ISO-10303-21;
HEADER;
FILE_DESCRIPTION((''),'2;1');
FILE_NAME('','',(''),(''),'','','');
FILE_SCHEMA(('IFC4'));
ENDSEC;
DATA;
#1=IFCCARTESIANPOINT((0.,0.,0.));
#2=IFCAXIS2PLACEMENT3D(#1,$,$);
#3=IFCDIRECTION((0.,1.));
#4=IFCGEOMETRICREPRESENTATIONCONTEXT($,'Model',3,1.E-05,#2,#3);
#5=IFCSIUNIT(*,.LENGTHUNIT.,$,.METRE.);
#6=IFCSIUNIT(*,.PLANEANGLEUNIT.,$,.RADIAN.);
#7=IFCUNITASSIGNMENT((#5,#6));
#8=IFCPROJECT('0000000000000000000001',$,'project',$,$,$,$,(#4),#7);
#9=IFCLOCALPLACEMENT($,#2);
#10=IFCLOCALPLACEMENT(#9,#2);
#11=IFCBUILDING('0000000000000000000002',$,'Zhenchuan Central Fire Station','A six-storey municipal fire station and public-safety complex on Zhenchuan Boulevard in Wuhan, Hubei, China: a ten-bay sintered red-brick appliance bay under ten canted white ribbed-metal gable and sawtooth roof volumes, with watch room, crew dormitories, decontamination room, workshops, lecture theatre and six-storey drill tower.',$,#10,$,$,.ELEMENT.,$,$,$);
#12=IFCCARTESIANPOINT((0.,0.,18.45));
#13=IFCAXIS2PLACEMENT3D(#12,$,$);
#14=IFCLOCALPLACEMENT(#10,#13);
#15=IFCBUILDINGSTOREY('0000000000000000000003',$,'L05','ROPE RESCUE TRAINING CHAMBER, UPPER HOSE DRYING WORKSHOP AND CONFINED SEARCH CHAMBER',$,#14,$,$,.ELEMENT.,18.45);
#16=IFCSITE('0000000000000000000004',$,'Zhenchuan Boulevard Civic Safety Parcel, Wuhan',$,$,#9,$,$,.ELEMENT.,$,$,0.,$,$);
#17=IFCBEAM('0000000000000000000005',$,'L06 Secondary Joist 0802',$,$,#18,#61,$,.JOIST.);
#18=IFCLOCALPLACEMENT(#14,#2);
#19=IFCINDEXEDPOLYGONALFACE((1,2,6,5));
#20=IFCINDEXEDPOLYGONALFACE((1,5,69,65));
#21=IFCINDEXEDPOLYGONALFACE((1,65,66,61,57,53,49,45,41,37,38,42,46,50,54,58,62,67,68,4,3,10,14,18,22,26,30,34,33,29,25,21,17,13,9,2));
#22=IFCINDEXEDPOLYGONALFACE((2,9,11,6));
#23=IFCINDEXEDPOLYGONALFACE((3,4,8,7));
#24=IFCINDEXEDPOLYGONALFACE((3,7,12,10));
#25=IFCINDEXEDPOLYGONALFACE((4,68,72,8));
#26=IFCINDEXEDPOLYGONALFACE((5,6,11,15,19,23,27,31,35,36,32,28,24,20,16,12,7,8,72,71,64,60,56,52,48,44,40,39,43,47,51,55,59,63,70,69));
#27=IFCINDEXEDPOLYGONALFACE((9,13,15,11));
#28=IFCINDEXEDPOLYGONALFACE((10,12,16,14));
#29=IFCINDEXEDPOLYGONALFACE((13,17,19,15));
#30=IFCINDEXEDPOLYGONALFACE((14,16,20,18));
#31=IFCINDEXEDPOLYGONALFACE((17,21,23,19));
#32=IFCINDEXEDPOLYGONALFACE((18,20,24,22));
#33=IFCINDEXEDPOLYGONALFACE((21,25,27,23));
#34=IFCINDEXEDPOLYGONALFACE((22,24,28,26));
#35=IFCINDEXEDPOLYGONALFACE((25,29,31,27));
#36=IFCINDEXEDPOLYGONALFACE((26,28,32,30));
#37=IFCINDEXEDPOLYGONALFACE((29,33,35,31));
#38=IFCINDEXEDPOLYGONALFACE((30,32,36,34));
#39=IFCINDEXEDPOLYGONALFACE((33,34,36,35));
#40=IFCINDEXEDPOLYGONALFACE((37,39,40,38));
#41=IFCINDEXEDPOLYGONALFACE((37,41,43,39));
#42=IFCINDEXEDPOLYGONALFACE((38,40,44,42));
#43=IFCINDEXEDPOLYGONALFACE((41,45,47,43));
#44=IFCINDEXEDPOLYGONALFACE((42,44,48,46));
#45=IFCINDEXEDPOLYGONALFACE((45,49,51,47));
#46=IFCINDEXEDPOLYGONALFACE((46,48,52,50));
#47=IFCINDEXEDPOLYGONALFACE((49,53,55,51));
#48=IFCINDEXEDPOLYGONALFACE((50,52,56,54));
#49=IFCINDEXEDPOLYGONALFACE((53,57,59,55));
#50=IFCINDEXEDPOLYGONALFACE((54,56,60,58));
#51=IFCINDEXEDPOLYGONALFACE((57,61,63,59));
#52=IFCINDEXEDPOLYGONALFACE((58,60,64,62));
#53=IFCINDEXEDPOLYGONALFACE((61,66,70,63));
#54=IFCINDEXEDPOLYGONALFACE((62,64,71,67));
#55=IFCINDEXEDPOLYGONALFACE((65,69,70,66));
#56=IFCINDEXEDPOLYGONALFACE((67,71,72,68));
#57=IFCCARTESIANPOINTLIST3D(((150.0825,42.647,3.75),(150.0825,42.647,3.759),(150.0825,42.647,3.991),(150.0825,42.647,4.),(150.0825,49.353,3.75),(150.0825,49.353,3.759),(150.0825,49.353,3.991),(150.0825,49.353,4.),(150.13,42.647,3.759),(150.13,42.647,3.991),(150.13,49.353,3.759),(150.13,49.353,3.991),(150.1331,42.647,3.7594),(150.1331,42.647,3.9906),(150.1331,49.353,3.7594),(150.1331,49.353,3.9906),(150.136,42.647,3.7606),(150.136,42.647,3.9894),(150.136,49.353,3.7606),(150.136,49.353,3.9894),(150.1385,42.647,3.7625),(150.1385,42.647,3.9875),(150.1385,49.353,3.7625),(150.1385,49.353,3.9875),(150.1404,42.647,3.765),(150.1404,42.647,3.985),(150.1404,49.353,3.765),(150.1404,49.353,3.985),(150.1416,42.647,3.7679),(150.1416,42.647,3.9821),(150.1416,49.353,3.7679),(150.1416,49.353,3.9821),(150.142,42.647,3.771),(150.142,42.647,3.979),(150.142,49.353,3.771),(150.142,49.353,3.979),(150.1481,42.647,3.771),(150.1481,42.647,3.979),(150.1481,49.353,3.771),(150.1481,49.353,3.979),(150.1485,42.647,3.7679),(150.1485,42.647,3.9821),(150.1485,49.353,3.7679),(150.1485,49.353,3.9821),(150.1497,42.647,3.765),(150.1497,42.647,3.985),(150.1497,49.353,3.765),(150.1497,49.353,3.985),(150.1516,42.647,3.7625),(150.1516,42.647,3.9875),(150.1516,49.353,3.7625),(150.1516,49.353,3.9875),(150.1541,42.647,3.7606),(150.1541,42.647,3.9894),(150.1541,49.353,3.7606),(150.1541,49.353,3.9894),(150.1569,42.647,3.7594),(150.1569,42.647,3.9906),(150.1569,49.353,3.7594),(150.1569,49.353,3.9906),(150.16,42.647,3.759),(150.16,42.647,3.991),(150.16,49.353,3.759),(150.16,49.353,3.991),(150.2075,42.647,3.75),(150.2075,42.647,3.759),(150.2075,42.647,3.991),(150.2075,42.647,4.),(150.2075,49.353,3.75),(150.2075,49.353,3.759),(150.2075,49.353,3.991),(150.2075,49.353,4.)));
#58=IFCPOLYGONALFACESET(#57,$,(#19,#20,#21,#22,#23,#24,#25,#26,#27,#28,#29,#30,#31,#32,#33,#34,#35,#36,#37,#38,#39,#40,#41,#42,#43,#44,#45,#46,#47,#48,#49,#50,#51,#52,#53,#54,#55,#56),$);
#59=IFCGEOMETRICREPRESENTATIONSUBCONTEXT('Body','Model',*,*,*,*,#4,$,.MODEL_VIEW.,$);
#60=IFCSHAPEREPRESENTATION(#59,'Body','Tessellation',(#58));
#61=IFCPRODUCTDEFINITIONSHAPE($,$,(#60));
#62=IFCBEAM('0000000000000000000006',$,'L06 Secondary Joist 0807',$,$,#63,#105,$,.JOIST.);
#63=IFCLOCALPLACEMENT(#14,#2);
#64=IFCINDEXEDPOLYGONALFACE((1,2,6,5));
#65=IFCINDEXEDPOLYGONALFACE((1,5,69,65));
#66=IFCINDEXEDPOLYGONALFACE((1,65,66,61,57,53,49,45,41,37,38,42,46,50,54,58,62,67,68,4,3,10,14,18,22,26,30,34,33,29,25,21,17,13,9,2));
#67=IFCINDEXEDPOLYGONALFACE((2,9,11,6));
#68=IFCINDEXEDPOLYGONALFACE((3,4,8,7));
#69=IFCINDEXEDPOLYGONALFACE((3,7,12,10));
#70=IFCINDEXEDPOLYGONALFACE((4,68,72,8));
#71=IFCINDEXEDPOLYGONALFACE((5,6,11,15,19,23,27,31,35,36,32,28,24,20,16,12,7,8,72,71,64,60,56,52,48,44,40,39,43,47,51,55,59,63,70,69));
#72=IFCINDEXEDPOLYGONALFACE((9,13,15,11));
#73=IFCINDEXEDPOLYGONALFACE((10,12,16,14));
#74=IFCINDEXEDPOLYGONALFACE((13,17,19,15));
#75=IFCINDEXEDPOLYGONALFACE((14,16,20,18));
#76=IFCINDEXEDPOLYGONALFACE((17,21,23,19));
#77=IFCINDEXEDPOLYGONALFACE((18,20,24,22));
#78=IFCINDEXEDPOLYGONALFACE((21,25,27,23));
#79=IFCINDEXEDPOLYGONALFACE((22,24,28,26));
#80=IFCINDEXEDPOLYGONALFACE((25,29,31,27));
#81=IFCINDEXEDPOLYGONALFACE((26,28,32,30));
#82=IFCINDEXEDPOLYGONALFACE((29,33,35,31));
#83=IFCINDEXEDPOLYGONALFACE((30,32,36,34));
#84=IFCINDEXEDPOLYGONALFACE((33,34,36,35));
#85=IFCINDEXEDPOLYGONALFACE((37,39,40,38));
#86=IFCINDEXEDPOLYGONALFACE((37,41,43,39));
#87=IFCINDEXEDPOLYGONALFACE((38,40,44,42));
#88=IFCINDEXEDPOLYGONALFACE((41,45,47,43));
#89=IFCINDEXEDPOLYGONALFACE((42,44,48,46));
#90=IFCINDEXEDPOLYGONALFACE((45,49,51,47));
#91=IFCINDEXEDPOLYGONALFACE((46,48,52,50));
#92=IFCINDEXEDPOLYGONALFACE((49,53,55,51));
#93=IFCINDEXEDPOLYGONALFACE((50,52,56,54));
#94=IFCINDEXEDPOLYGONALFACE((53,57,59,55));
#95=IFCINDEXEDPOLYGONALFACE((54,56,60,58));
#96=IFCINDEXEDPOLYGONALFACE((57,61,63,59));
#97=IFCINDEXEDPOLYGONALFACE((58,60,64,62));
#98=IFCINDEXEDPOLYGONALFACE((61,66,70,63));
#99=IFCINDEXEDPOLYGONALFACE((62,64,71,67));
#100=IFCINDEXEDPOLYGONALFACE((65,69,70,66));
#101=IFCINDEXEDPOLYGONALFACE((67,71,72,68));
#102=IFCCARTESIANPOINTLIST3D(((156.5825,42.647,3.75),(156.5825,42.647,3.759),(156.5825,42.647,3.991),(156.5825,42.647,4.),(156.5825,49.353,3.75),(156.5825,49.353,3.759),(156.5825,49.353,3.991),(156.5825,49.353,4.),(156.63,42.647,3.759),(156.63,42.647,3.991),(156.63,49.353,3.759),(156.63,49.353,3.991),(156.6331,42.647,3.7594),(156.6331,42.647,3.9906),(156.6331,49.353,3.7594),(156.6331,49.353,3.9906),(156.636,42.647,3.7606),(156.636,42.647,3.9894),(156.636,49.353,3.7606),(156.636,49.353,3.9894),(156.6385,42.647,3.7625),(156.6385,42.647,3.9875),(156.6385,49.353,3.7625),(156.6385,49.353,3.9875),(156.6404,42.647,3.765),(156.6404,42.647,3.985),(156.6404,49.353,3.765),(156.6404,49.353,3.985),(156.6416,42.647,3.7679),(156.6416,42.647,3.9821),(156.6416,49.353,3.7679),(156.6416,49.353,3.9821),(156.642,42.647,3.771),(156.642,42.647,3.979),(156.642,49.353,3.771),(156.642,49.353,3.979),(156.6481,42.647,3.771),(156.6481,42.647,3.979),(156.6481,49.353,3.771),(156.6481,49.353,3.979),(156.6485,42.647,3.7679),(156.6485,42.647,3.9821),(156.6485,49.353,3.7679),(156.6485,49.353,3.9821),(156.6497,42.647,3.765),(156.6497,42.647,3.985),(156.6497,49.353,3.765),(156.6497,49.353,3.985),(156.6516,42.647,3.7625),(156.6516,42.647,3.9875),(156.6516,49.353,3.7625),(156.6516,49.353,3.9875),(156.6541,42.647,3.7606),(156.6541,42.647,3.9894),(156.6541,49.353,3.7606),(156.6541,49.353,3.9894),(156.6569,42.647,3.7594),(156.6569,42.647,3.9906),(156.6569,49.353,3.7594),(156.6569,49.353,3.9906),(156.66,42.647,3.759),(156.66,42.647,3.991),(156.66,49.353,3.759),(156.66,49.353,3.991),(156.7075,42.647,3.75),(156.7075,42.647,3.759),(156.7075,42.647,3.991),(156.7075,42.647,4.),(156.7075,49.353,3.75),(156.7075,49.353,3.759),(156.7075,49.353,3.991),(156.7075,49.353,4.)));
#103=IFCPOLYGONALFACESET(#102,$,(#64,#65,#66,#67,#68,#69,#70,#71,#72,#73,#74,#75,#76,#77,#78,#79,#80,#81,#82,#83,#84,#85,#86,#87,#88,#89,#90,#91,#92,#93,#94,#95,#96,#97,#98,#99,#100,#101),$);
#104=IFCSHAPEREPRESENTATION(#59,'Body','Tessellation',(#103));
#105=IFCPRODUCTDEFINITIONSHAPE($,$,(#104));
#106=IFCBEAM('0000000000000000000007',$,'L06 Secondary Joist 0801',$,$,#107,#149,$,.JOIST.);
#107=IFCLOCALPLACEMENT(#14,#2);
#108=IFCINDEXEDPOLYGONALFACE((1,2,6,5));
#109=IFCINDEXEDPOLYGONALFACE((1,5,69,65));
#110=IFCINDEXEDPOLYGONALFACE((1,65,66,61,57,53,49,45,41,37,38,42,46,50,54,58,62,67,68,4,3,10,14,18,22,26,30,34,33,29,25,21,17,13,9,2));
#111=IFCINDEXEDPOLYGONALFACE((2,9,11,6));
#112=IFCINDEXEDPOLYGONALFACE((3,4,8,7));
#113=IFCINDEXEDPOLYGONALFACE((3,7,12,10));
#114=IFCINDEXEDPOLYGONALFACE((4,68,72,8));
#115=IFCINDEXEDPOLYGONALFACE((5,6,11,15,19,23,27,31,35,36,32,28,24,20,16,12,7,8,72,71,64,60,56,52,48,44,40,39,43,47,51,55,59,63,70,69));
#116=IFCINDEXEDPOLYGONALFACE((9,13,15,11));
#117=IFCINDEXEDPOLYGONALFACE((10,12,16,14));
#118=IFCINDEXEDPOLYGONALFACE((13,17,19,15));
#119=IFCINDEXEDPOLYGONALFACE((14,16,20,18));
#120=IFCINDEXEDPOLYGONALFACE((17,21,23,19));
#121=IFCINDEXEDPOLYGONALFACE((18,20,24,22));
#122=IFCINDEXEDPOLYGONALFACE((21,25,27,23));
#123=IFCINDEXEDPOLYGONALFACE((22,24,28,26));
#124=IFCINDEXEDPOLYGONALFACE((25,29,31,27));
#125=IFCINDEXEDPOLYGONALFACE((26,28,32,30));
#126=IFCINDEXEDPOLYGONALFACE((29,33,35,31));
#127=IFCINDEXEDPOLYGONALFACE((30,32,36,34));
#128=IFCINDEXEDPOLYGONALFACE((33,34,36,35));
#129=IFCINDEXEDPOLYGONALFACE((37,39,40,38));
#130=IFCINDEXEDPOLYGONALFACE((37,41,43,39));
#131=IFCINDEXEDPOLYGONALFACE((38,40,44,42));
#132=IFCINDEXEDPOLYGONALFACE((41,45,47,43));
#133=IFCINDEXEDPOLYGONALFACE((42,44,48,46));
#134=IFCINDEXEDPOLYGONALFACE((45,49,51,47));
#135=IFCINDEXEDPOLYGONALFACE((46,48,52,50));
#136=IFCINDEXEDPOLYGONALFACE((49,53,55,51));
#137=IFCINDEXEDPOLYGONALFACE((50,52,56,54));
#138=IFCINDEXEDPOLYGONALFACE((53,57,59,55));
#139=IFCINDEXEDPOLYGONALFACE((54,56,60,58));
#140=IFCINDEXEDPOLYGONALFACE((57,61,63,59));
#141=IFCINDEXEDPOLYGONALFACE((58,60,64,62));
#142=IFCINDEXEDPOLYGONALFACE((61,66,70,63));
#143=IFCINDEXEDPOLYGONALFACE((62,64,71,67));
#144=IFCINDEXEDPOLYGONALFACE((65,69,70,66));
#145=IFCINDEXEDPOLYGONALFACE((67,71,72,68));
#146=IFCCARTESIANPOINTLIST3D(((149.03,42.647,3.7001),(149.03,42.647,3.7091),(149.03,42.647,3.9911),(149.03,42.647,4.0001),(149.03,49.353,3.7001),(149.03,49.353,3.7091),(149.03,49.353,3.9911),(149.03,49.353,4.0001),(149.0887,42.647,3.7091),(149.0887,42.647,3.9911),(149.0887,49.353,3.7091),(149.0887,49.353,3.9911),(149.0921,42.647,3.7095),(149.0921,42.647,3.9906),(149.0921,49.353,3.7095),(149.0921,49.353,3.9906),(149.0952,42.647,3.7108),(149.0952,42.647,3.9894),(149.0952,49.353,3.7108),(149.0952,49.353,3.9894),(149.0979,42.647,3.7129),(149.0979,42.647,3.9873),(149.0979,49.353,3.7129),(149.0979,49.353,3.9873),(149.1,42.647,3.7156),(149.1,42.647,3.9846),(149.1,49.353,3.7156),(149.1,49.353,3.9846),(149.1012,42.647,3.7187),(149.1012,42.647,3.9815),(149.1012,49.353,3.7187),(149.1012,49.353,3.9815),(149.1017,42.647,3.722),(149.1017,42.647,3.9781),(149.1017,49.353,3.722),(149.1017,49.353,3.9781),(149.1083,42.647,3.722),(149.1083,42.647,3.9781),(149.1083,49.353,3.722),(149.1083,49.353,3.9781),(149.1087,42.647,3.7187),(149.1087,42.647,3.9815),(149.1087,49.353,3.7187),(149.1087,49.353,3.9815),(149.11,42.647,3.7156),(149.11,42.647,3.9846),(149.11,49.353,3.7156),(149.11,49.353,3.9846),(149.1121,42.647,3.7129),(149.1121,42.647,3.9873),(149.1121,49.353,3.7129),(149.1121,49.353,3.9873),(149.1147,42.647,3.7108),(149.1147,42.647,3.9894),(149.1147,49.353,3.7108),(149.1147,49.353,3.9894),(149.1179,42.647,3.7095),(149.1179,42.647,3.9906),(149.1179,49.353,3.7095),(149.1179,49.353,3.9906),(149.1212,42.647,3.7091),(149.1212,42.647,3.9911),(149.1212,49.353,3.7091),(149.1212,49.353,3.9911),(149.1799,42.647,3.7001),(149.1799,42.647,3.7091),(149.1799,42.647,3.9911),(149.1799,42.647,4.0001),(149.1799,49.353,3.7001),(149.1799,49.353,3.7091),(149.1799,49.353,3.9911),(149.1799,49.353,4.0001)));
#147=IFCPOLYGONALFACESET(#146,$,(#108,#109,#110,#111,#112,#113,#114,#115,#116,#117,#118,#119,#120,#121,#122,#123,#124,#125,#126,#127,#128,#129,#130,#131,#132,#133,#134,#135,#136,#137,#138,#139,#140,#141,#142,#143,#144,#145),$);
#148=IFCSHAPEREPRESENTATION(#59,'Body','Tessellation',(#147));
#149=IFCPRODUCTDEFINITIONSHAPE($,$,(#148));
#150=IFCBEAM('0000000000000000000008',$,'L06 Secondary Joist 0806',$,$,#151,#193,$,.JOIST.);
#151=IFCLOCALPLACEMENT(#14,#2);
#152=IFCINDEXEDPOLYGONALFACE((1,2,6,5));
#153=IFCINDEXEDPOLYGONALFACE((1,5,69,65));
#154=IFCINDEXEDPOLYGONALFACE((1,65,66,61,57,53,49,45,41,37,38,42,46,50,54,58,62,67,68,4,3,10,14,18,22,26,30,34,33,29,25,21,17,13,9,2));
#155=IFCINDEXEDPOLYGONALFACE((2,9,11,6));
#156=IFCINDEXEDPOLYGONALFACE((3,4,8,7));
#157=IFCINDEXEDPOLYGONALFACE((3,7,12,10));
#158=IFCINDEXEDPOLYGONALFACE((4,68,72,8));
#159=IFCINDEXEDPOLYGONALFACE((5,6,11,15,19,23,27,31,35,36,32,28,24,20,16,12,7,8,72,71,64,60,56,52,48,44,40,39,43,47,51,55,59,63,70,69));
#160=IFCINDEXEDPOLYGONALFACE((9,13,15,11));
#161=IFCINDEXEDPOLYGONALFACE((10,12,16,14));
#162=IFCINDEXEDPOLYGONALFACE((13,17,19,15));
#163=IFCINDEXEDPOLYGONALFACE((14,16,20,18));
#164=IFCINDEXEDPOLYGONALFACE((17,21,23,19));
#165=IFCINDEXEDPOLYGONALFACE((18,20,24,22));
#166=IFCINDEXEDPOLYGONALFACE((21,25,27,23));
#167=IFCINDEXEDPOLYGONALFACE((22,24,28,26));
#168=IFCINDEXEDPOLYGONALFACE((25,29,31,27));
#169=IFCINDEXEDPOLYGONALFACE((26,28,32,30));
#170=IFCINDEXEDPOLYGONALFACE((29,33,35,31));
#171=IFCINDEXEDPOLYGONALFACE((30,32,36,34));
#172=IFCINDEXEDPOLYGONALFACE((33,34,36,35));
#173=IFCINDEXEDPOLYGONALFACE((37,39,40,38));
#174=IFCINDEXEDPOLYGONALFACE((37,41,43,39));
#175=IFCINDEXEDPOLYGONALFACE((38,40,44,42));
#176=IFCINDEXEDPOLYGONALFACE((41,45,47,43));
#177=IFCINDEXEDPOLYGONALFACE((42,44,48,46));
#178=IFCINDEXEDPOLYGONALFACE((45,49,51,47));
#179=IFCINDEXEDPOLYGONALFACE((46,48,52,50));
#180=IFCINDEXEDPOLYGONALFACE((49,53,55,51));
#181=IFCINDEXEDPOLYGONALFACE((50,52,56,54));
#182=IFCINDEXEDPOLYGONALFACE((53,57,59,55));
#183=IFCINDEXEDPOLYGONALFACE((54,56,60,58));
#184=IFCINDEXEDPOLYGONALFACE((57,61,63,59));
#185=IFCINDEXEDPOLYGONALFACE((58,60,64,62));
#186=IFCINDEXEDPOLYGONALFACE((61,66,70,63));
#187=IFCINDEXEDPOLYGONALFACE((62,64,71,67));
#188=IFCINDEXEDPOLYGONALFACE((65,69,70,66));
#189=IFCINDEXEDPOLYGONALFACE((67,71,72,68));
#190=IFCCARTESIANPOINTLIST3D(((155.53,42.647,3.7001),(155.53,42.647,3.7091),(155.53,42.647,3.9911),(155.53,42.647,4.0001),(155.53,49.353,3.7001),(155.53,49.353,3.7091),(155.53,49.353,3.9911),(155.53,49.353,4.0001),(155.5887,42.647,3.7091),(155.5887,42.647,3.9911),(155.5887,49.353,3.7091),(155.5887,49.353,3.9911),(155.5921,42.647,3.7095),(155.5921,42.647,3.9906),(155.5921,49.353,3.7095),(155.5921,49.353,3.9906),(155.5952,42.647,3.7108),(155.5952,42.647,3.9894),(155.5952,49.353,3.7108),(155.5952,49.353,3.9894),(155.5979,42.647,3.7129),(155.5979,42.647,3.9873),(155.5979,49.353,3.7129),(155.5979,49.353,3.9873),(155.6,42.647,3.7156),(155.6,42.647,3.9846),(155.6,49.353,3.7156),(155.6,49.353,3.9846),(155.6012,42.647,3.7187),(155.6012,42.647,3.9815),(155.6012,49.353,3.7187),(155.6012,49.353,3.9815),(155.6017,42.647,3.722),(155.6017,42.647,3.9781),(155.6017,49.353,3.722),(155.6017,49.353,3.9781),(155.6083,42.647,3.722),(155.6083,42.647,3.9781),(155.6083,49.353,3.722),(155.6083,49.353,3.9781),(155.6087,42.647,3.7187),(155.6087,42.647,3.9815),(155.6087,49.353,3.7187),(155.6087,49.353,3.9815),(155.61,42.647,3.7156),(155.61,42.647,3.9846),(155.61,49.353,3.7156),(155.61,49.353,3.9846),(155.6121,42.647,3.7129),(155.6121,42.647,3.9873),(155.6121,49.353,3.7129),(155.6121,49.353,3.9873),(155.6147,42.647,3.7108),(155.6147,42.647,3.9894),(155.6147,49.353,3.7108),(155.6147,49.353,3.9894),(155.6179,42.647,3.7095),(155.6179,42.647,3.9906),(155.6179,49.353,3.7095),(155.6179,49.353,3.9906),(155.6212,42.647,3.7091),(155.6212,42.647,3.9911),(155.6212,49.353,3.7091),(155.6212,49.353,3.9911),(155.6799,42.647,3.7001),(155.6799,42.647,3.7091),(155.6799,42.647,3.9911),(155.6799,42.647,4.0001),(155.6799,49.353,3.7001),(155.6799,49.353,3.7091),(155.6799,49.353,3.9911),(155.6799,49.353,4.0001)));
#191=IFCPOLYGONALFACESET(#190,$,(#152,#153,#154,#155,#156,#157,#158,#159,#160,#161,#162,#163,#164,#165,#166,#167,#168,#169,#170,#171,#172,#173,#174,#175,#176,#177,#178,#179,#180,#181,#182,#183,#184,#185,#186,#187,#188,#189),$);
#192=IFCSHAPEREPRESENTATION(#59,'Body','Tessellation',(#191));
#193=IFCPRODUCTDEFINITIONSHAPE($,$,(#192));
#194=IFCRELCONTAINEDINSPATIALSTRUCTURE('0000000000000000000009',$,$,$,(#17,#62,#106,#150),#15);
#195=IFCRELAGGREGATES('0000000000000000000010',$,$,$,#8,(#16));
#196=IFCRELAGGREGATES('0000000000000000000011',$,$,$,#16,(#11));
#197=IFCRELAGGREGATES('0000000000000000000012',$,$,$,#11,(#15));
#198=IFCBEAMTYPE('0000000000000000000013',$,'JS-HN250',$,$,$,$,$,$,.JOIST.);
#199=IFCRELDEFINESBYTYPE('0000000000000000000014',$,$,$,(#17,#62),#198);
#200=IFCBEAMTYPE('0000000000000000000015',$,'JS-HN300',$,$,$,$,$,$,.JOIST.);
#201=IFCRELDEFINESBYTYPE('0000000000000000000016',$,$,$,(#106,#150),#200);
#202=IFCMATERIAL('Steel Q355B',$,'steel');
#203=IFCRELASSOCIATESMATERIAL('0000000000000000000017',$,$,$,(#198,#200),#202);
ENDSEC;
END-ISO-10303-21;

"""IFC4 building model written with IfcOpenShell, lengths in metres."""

from ifc_helpers import new_model, si_unit, direction, frame, origin, origin_2d, place, context, subcontext, project, spatial, i_section, extrude, material, material_profile, profile_set, type_object, element, save


model = new_model("IFC4")

# Units and contexts
model_context = context("Model", 3, precision=1e-05, world=origin(), true_north=direction((0.0, 1.0)))
body_context = subcontext(model_context, "Body", "Model", "MODEL_VIEW")
ifc_project = project(units=[si_unit("LENGTHUNIT", "METRE"), si_unit("PLANEANGLEUNIT", "RADIAN")], contexts=[model_context])

# Site, building, storey
site_placement = place(None, origin())
site = spatial("IfcSite", under=ifc_project, at=site_placement, Name="Zhenchuan Boulevard Civic Safety Parcel, Wuhan", CompositionType="ELEMENT", RefElevation=0.0)
building_placement = place(site_placement, origin())
building = spatial("IfcBuilding", under=site, at=building_placement, Name="Zhenchuan Central Fire Station", Description="A six-storey municipal fire station and public-safety complex on Zhenchuan Boulevard in Wuhan, Hubei, China: a ten-bay sintered red-brick appliance bay under ten canted white ribbed-metal gable and sawtooth roof volumes, with watch room, crew dormitories, decontamination room, workshops, lecture theatre and six-storey drill tower.", CompositionType="ELEMENT")
storey_placement = place(building_placement, frame((0.0, 0.0, 18.45)))
storey = spatial("IfcBuildingStorey", under=building, at=storey_placement, Name="L05", Description="ROPE RESCUE TRAINING CHAMBER, UPPER HOSE DRYING WORKSHOP AND CONFINED SEARCH CHAMBER", CompositionType="ELEMENT", Elevation=18.45)

# Shared definitions
ifc_material_1 = material(Name="Steel Q355B", Category="steel")

# Beams
ifc_material_profile_1 = material_profile(ifc_material_1, i_section(OverallWidth=0.125, OverallDepth=0.25, WebThickness=0.0061, FlangeThickness=0.009, FilletRadius=0.012, at=origin_2d()), Name="HN 250x125")
ifc_profile_set_1 = profile_set([ifc_material_profile_1], Name="Steel Q355B")
beam_type_1 = type_object("IfcBeamType", Name="JS-HN250", PredefinedType="JOIST", material=ifc_profile_set_1)
for number, where, z_axis, x_axis, name in (
    (1, (150.145, 42.647, 3.875), (0.0, 1.0, 0.0), (-1.0, 0.0, 0.0), "L06 Secondary Joist 0802"),
    (2, (156.645, 42.647, 3.875), (0.0, 1.0, 0.0), (-1.0, 0.0, 0.0), "L06 Secondary Joist 0807"),
):
    element("IfcBeam", number, at=place(storey_placement, frame(where, z_axis=z_axis, x_axis=x_axis)), inside=storey, type_object=beam_type_1, Name=name, PredefinedType="JOIST", context=body_context, shape_type="SweptSolid", body=[
        extrude(i_section(OverallWidth=0.125, OverallDepth=0.25, WebThickness=0.0061, FlangeThickness=0.009, FilletRadius=0.012, at=origin_2d()), origin(), (0.0, 0.0, 1.0), 6.7061),
    ])
ifc_material_profile_2 = material_profile(ifc_material_1, i_section(OverallWidth=0.1499, OverallDepth=0.3, WebThickness=0.0066, FlangeThickness=0.009, FilletRadius=0.0129, at=origin_2d()), Name="HN 300x150")
ifc_profile_set_2 = profile_set([ifc_material_profile_2], Name="Steel Q355B")
beam_type_2 = type_object("IfcBeamType", Name="JS-HN300", PredefinedType="JOIST", material=ifc_profile_set_2)
for number, where, z_axis, x_axis, name in (
    (3, (149.105, 42.647, 3.8501), (0.0, 1.0, 0.0), (-1.0, 0.0, 0.0), "L06 Secondary Joist 0801"),
    (4, (155.605, 42.647, 3.8501), (0.0, 1.0, 0.0), (-1.0, 0.0, 0.0), "L06 Secondary Joist 0806"),
):
    element("IfcBeam", number, at=place(storey_placement, frame(where, z_axis=z_axis, x_axis=x_axis)), inside=storey, type_object=beam_type_2, Name=name, PredefinedType="JOIST", context=body_context, shape_type="SweptSolid", body=[
        extrude(i_section(OverallWidth=0.1499, OverallDepth=0.3, WebThickness=0.0066, FlangeThickness=0.009, FilletRadius=0.0129, at=origin_2d()), origin(), (0.0, 0.0, 1.0), 6.7061),
    ])

save(model, "model.ifc")
